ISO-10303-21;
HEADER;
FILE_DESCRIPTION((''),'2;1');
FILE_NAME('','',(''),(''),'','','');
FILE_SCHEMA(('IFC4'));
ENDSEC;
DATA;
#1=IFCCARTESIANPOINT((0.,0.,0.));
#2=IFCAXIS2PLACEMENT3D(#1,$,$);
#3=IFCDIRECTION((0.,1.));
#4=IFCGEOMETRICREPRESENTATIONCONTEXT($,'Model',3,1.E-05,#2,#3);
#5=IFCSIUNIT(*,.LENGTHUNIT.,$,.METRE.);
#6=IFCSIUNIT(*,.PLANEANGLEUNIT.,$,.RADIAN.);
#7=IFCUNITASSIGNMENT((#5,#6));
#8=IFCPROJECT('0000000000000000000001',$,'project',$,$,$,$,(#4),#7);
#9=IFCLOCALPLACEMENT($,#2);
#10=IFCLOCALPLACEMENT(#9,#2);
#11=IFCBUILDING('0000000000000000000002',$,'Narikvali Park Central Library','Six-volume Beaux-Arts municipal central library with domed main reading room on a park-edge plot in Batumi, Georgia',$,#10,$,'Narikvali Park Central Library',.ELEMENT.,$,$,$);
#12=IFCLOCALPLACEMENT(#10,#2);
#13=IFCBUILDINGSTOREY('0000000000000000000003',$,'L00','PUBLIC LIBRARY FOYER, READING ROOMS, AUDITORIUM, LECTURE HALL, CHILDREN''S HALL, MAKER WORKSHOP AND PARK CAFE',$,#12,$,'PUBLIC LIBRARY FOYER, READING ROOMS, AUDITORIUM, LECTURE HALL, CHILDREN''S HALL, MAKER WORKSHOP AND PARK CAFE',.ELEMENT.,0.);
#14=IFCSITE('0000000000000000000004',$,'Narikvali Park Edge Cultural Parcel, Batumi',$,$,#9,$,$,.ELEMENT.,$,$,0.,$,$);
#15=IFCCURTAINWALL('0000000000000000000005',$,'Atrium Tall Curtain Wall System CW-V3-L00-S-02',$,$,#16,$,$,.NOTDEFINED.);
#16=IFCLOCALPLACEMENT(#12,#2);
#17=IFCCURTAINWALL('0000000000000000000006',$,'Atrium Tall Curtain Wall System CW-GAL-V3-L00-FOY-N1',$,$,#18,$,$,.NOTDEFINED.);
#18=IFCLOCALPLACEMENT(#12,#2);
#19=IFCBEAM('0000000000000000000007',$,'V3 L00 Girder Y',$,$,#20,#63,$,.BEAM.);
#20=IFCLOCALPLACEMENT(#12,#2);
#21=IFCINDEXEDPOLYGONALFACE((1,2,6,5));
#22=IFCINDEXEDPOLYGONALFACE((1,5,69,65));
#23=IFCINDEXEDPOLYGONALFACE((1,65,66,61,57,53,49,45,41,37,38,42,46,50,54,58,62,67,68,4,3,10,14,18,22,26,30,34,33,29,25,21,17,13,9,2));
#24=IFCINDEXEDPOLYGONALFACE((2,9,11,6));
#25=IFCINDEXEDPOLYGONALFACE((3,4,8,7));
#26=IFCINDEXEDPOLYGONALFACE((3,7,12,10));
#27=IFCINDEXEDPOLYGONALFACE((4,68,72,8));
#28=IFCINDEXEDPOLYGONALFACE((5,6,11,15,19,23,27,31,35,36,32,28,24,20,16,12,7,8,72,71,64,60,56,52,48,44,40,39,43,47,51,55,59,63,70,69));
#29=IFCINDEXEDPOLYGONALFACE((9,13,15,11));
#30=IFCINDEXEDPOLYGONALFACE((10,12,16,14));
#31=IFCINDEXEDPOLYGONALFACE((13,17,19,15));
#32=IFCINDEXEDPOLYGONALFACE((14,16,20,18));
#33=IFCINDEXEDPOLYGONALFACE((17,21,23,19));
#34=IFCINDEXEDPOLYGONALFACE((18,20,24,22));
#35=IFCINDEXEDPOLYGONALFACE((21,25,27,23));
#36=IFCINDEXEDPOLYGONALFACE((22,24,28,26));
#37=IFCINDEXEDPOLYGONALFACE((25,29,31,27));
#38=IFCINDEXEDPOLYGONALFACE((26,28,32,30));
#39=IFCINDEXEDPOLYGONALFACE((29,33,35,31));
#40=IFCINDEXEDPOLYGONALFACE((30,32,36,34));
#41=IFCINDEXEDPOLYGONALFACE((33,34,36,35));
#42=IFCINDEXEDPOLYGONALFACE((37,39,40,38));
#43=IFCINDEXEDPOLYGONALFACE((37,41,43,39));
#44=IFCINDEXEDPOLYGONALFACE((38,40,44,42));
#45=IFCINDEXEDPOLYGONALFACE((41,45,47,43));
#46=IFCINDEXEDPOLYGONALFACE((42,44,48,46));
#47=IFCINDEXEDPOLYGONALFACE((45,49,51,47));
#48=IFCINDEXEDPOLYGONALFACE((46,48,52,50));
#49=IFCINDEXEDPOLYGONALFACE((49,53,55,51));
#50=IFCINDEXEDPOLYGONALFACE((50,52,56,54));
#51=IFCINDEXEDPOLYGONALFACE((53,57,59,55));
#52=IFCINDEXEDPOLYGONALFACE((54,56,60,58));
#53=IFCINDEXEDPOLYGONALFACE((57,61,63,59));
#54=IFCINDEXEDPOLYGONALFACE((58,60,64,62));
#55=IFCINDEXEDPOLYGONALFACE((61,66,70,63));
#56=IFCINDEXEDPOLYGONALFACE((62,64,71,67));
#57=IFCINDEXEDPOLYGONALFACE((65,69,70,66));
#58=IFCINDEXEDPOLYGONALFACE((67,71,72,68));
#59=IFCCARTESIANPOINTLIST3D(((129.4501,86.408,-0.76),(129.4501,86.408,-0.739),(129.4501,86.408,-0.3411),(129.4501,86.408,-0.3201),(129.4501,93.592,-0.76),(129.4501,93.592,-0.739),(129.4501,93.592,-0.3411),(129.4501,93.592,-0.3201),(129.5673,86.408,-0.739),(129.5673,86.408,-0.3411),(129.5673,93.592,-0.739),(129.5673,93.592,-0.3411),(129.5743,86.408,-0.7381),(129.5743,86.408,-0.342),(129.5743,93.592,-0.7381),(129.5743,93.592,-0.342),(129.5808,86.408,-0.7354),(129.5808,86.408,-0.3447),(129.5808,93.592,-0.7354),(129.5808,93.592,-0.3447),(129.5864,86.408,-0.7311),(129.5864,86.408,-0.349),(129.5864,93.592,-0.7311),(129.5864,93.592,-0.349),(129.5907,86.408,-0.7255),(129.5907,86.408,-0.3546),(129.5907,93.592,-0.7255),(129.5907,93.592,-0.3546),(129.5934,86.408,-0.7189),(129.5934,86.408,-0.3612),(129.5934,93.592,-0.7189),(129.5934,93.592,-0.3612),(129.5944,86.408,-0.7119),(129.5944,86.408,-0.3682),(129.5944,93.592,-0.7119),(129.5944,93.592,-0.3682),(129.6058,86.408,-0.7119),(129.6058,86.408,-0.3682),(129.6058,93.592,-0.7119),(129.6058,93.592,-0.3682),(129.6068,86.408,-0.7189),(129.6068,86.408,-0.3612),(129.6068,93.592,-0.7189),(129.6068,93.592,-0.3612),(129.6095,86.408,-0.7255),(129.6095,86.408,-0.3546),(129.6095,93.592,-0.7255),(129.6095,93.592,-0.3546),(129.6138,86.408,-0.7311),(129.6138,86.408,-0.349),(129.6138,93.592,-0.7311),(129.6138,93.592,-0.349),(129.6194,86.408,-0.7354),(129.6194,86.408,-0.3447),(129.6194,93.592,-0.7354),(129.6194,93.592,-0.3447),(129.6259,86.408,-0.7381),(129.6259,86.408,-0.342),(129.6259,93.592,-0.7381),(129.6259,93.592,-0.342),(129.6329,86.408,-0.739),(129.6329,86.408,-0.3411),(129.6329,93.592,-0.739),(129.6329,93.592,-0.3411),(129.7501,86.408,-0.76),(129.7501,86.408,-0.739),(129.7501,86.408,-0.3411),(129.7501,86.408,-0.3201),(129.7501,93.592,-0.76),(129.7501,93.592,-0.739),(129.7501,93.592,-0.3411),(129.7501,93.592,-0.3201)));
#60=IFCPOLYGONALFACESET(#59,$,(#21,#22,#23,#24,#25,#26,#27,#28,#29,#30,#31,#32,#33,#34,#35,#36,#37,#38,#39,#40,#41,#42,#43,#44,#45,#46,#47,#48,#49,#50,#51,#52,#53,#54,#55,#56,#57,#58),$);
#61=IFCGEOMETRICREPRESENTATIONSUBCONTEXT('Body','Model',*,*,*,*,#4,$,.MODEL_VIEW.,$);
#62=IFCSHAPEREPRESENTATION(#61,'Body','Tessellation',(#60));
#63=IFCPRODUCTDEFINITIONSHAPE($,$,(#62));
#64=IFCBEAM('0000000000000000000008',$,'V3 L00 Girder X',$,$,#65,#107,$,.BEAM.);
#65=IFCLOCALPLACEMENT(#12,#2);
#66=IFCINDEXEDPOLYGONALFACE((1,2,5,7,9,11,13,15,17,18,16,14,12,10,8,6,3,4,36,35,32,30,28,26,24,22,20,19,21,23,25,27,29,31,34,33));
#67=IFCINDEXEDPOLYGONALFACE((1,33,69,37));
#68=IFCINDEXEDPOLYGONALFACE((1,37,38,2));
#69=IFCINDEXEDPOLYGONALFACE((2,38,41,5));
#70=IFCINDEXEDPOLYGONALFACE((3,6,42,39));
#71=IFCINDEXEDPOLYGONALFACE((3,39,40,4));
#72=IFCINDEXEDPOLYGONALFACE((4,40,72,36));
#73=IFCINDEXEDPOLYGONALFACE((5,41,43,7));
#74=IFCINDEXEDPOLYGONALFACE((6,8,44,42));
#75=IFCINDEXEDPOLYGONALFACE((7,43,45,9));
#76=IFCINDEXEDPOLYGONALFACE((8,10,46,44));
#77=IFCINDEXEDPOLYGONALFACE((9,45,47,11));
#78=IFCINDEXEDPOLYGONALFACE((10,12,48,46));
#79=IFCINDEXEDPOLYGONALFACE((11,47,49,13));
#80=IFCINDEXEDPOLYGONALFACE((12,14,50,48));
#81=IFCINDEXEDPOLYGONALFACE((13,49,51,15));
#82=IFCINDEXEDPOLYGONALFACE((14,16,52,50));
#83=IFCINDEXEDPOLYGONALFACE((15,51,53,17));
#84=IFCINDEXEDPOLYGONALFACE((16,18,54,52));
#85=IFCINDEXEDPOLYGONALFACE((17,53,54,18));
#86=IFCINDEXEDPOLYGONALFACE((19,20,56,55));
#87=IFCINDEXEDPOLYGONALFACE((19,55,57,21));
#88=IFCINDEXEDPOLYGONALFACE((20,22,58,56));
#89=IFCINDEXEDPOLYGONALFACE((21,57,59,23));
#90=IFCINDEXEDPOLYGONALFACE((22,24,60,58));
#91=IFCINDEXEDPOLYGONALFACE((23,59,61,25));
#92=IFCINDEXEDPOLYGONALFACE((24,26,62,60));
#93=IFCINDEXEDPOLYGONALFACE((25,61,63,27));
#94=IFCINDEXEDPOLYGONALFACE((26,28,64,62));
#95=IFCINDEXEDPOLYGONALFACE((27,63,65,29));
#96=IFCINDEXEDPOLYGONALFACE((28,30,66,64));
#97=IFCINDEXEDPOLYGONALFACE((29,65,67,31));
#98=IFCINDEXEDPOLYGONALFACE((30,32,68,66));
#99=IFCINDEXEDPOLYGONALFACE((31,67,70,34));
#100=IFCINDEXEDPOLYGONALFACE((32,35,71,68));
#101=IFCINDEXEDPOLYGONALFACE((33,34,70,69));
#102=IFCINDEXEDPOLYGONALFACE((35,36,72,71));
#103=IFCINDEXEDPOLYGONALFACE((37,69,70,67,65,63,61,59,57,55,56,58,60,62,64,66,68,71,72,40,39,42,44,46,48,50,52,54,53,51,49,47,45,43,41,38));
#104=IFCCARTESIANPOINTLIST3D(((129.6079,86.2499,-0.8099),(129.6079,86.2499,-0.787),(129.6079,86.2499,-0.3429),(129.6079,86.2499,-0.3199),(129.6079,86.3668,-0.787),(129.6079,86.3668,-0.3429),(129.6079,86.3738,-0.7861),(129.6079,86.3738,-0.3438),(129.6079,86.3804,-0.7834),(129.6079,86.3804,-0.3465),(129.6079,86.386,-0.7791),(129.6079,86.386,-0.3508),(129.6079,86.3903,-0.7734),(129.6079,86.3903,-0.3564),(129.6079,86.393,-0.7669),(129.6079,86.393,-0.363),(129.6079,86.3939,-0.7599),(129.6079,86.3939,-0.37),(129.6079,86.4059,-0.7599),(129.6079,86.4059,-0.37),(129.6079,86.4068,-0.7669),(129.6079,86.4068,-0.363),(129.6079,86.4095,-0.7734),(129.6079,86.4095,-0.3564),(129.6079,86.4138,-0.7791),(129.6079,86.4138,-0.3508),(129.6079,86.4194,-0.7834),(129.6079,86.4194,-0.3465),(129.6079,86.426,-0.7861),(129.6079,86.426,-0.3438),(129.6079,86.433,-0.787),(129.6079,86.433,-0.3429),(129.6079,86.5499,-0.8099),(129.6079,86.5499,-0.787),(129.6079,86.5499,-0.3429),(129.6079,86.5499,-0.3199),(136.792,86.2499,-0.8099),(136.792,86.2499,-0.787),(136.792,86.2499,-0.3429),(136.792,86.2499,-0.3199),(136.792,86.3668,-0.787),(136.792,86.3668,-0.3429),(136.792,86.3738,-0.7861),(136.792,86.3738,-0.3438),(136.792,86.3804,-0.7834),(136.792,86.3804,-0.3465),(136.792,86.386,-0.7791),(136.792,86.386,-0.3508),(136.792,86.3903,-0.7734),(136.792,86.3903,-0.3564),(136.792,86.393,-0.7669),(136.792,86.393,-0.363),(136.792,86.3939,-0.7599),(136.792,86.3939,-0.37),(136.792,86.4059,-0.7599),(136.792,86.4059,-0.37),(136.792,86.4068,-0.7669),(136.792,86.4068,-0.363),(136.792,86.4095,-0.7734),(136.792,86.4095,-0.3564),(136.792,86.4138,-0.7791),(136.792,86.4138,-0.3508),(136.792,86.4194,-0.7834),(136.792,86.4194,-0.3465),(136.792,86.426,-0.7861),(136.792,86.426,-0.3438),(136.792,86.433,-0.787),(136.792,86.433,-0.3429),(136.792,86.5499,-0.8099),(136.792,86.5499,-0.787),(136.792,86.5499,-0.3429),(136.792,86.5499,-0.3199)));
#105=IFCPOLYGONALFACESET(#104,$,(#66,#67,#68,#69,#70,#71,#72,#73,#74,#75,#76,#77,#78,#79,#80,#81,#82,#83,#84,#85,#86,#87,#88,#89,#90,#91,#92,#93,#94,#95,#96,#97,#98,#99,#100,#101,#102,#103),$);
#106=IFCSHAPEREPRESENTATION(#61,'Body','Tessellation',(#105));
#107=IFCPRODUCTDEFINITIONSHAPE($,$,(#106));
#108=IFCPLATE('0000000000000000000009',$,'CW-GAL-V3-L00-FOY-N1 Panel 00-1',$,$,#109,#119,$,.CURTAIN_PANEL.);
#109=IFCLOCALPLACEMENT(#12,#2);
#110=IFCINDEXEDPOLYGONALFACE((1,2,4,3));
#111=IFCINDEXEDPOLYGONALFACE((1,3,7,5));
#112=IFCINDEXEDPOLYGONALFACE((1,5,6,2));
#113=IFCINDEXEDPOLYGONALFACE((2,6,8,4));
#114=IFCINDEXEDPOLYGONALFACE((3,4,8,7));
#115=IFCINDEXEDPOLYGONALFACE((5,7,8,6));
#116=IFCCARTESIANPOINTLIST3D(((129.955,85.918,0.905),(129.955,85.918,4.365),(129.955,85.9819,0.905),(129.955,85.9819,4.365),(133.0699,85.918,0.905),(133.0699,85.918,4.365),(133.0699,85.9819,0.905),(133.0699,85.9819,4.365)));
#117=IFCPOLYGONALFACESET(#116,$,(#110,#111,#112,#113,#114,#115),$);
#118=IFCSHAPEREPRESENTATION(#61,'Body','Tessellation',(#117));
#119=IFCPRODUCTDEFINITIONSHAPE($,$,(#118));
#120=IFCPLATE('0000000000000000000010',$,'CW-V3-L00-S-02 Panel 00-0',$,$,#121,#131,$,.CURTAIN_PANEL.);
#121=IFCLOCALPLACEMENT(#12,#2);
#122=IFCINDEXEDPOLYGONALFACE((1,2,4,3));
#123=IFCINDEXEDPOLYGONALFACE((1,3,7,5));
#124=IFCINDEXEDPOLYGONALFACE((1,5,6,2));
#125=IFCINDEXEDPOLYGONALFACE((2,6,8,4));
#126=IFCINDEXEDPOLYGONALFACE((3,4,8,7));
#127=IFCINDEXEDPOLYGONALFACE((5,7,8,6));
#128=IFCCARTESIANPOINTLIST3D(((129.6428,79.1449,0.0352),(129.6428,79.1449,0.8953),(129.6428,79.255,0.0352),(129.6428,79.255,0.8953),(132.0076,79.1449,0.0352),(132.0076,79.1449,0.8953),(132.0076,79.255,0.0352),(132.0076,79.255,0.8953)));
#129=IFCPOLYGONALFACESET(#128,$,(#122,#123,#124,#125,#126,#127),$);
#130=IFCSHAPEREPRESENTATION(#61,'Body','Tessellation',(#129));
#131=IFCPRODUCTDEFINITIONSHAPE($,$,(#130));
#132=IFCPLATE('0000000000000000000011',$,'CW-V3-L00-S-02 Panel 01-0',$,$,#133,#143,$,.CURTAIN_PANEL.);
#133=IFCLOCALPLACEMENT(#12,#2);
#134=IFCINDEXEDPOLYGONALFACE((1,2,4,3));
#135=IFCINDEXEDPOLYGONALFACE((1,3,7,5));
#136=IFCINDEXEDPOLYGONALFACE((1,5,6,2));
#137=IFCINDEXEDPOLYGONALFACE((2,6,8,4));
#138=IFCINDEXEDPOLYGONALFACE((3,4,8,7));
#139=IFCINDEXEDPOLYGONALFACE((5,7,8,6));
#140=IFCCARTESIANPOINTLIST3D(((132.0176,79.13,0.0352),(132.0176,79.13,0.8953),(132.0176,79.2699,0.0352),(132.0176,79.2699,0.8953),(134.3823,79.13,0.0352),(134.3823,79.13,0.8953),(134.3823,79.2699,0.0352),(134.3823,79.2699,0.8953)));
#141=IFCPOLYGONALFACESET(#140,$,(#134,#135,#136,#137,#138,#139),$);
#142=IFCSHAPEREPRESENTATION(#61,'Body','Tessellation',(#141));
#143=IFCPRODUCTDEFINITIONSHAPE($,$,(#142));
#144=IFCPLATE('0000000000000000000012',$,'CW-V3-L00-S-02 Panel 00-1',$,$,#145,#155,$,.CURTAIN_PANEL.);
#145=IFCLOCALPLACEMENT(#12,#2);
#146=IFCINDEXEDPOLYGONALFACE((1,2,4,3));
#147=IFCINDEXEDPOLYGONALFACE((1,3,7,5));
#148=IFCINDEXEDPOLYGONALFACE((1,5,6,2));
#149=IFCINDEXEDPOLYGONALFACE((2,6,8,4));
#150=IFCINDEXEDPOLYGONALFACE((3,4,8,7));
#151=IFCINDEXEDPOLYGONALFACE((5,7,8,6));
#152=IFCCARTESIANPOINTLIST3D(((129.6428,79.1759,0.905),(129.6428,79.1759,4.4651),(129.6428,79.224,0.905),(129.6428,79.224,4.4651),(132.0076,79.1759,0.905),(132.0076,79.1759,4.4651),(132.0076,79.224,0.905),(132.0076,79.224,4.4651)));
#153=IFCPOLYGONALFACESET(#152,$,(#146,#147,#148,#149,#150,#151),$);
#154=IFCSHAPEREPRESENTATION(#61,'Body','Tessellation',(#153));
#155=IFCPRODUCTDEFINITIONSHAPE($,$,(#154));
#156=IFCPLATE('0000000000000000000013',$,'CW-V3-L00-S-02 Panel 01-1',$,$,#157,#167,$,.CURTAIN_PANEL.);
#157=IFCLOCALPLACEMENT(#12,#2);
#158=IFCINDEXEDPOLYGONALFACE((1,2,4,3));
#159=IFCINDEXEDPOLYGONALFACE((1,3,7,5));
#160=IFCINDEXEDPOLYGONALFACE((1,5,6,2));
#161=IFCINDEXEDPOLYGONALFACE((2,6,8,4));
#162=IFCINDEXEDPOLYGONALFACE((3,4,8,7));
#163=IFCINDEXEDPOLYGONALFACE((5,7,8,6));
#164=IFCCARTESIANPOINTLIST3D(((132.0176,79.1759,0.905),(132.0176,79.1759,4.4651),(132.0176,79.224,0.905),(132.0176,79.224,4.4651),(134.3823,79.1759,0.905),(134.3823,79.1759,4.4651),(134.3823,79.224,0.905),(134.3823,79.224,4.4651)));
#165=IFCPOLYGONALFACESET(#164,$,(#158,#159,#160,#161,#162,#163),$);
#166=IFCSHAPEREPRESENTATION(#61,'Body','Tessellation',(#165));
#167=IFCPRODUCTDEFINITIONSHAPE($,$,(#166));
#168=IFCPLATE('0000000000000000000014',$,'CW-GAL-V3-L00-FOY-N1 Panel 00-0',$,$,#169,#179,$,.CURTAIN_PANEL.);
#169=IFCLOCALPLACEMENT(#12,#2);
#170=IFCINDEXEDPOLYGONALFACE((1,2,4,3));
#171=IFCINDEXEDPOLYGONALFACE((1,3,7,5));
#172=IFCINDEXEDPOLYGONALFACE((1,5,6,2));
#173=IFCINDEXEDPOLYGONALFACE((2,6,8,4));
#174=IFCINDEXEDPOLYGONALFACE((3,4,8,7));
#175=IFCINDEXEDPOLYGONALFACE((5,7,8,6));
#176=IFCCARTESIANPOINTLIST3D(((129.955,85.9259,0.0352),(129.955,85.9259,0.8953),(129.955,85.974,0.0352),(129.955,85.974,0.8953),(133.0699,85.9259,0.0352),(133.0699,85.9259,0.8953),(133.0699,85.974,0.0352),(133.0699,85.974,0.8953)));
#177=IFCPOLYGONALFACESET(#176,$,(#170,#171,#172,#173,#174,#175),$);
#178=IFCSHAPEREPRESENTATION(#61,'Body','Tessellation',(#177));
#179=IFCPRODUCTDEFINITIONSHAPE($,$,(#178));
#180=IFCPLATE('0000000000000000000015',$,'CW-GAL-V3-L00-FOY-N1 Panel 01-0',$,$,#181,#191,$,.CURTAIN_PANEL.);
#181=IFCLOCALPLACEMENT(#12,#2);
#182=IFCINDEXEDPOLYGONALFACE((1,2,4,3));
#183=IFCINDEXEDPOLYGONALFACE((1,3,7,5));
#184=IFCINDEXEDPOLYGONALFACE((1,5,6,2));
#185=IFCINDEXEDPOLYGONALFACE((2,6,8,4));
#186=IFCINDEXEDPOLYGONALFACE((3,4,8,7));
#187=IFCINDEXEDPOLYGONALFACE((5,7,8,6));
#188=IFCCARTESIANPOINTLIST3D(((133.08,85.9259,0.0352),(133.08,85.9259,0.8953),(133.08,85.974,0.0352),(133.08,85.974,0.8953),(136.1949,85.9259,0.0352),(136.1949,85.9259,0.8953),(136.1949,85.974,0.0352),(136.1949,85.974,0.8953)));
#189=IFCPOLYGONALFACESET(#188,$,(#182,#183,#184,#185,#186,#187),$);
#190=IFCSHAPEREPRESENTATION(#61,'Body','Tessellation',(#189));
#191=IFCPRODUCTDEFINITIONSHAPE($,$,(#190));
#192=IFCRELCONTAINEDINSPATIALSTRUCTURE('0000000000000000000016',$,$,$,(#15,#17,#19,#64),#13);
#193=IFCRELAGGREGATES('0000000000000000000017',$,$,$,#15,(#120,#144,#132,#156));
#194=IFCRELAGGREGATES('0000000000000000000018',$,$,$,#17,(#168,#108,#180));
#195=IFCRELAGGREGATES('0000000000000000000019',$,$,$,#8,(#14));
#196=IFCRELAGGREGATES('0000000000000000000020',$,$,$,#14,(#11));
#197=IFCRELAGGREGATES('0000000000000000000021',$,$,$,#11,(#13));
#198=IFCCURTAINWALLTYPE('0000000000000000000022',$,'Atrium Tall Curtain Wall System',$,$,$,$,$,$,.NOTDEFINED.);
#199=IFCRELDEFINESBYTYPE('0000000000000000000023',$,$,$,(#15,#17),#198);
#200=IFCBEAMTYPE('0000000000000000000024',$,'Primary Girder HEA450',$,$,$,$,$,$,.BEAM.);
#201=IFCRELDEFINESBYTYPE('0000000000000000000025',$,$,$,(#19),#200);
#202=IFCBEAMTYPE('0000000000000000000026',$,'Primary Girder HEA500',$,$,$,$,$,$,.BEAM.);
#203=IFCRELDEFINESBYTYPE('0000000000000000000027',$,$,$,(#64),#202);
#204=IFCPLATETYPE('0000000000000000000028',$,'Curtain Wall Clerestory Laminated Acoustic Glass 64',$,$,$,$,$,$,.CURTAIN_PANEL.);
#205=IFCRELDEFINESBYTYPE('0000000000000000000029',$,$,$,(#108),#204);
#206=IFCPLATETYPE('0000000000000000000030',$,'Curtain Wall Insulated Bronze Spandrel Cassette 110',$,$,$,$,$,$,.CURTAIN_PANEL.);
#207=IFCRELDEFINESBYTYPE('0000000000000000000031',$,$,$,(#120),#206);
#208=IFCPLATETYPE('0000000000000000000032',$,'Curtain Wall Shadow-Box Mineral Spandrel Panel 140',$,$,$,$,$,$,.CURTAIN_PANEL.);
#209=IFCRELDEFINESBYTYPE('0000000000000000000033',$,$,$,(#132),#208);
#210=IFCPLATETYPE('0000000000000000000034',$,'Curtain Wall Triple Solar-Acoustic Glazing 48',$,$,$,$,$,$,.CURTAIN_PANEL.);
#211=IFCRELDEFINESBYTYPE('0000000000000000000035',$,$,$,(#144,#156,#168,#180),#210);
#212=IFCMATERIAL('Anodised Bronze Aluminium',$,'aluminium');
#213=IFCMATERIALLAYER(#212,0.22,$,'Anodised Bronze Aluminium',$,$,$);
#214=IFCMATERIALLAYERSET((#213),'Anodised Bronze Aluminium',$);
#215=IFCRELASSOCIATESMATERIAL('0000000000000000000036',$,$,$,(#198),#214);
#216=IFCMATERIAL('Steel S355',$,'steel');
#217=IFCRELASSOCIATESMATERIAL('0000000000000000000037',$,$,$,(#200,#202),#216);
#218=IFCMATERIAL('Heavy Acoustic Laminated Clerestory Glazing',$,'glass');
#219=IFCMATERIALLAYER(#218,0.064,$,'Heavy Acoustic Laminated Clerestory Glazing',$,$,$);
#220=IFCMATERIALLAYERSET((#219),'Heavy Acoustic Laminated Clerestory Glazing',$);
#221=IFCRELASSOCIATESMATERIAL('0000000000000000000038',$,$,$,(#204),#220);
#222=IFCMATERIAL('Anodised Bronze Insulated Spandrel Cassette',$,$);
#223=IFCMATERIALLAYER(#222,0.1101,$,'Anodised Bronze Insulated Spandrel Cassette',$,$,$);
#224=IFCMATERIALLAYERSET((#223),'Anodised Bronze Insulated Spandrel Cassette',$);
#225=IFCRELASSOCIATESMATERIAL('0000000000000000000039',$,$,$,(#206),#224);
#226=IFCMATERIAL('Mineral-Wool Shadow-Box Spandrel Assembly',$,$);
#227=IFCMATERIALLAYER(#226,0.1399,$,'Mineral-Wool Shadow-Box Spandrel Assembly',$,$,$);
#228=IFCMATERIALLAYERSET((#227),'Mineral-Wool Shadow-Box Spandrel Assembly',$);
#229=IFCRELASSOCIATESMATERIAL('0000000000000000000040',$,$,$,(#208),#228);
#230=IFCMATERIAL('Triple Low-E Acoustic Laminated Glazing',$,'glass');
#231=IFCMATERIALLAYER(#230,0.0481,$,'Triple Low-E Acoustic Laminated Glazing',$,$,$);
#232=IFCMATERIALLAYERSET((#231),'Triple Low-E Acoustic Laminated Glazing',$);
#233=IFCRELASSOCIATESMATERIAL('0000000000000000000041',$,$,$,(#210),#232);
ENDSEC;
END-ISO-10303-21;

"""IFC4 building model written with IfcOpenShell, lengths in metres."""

from ifc_helpers import new_model, si_unit, direction, frame, origin, origin_2d, place, context, subcontext, project, spatial, rectangle, i_section, extrude, material, layer, layer_set, material_profile, profile_set, type_object, element, aggregate, save


model = new_model("IFC4")

# Units and contexts
model_context = context("Model", 3, precision=1e-05, world=origin(), true_north=direction((0.0, 1.0)))
body_context = subcontext(model_context, "Body", "Model", "MODEL_VIEW")
ifc_project = project(units=[si_unit("LENGTHUNIT", "METRE"), si_unit("PLANEANGLEUNIT", "RADIAN")], contexts=[model_context])

# Site, building, storey
site_placement = place(None, origin())
site = spatial("IfcSite", under=ifc_project, at=site_placement, Name="Narikvali Park Edge Cultural Parcel, Batumi", CompositionType="ELEMENT", RefElevation=0.0)
building_placement = place(site_placement, origin())
building = spatial("IfcBuilding", under=site, at=building_placement, Name="Narikvali Park Central Library", Description="Six-volume Beaux-Arts municipal central library with domed main reading room on a park-edge plot in Batumi, Georgia", LongName="Narikvali Park Central Library", CompositionType="ELEMENT")
storey_placement = place(building_placement, origin())
storey = spatial("IfcBuildingStorey", under=building, at=storey_placement, Name="L00", Description="PUBLIC LIBRARY FOYER, READING ROOMS, AUDITORIUM, LECTURE HALL, CHILDREN'S HALL, MAKER WORKSHOP AND PARK CAFE", LongName="PUBLIC LIBRARY FOYER, READING ROOMS, AUDITORIUM, LECTURE HALL, CHILDREN'S HALL, MAKER WORKSHOP AND PARK CAFE", CompositionType="ELEMENT", Elevation=0.0)

# Shared definitions
ifc_material_1 = material(Name="Steel S355", Category="steel")

# Curtain walls
ifc_material_2 = material(Name="Anodised Bronze Aluminium", Category="aluminium")
ifc_layer_1 = layer(ifc_material_2, 0.22, Name="Anodised Bronze Aluminium")
ifc_layer_set_1 = layer_set([ifc_layer_1], Name="Anodised Bronze Aluminium")
curtain_wall_type = type_object("IfcCurtainWallType", Name="Atrium Tall Curtain Wall System", PredefinedType="NOTDEFINED", material=ifc_layer_set_1)
curtain_wall_1_placement = place(storey_placement, origin())
curtain_wall_1 = element("IfcCurtainWall", 1, at=curtain_wall_1_placement, inside=storey, type_object=curtain_wall_type, Name="Atrium Tall Curtain Wall System CW-V3-L00-S-02", PredefinedType="NOTDEFINED")
curtain_wall_2_placement = place(storey_placement, origin())
curtain_wall_2 = element("IfcCurtainWall", 2, at=curtain_wall_2_placement, inside=storey, type_object=curtain_wall_type, Name="Atrium Tall Curtain Wall System CW-GAL-V3-L00-FOY-N1", PredefinedType="NOTDEFINED")

# Beams
ifc_material_profile_1 = material_profile(ifc_material_1, i_section(OverallWidth=0.3, OverallDepth=0.4399, WebThickness=0.0115, FlangeThickness=0.021, FilletRadius=0.0271, at=origin_2d()), Name="HEA 450")
ifc_profile_set_1 = profile_set([ifc_material_profile_1], Name="Steel S355")
beam_type_1 = type_object("IfcBeamType", Name="Primary Girder HEA450", PredefinedType="BEAM", material=ifc_profile_set_1)
beam_1_placement = place(storey_placement, frame((129.6001, 86.408, -0.54), z_axis=(0.0, 1.0, 0.0), x_axis=(-1.0, 0.0, 0.0)))
element("IfcBeam", 3, at=beam_1_placement, inside=storey, type_object=beam_type_1, Name="V3 L00 Girder Y", PredefinedType="BEAM", context=body_context, shape_type="SweptSolid", body=[
    extrude(i_section(OverallWidth=0.3, OverallDepth=0.4399, WebThickness=0.0115, FlangeThickness=0.021, FilletRadius=0.0271, at=origin_2d()), origin(), (0.0, 0.0, 1.0), 7.1841),
])
ifc_material_profile_2 = material_profile(ifc_material_1, i_section(OverallWidth=0.3, OverallDepth=0.49, WebThickness=0.012, FlangeThickness=0.0229, FilletRadius=0.0271, at=origin_2d()), Name="HEA 500")
ifc_profile_set_2 = profile_set([ifc_material_profile_2], Name="Steel S355")
beam_type_2 = type_object("IfcBeamType", Name="Primary Girder HEA500", PredefinedType="BEAM", material=ifc_profile_set_2)
beam_2_placement = place(storey_placement, frame((129.6079, 86.3999, -0.5649), z_axis=(1.0, 0.0, 0.0), x_axis=(0.0, 1.0, 0.0)))
element("IfcBeam", 4, at=beam_2_placement, inside=storey, type_object=beam_type_2, Name="V3 L00 Girder X", PredefinedType="BEAM", context=body_context, shape_type="SweptSolid", body=[
    extrude(i_section(OverallWidth=0.3, OverallDepth=0.49, WebThickness=0.012, FlangeThickness=0.0229, FilletRadius=0.0271, at=origin_2d()), origin(), (0.0, 0.0, 1.0), 7.1841),
])

# Plates
ifc_material_3 = material(Name="Heavy Acoustic Laminated Clerestory Glazing", Category="glass")
ifc_layer_2 = layer(ifc_material_3, 0.064, Name="Heavy Acoustic Laminated Clerestory Glazing")
ifc_layer_set_2 = layer_set([ifc_layer_2], Name="Heavy Acoustic Laminated Clerestory Glazing")
plate_type_1 = type_object("IfcPlateType", Name="Curtain Wall Clerestory Laminated Acoustic Glass 64", PredefinedType="CURTAIN_PANEL", material=ifc_layer_set_2)
plate_1_placement = place(storey_placement, frame((131.5125, 85.95, 0.905), z_axis=(0.0, 0.0, 1.0), x_axis=(1.0, 0.0, 0.0)))
plate_1 = element("IfcPlate", 5, at=plate_1_placement, type_object=plate_type_1, Name="CW-GAL-V3-L00-FOY-N1 Panel 00-1", PredefinedType="CURTAIN_PANEL", context=body_context, shape_type="SweptSolid", body=[
    extrude(rectangle(XDim=3.115, YDim=0.064, at=origin_2d()), origin(), (0.0, 0.0, 1.0), 3.46),
])
ifc_material_4 = material(Name="Anodised Bronze Insulated Spandrel Cassette")
ifc_layer_3 = layer(ifc_material_4, 0.1101, Name="Anodised Bronze Insulated Spandrel Cassette")
ifc_layer_set_3 = layer_set([ifc_layer_3], Name="Anodised Bronze Insulated Spandrel Cassette")
plate_type_2 = type_object("IfcPlateType", Name="Curtain Wall Insulated Bronze Spandrel Cassette 110", PredefinedType="CURTAIN_PANEL", material=ifc_layer_set_3)
plate_2_placement = place(storey_placement, frame((130.8252, 79.2, 0.0352), z_axis=(0.0, 0.0, 1.0), x_axis=(1.0, 0.0, 0.0)))
plate_2 = element("IfcPlate", 6, at=plate_2_placement, type_object=plate_type_2, Name="CW-V3-L00-S-02 Panel 00-0", PredefinedType="CURTAIN_PANEL", context=body_context, shape_type="SweptSolid", body=[
    extrude(rectangle(XDim=2.3647, YDim=0.1101, at=origin_2d()), origin(), (0.0, 0.0, 1.0), 0.8601),
])
ifc_material_5 = material(Name="Mineral-Wool Shadow-Box Spandrel Assembly")
ifc_layer_4 = layer(ifc_material_5, 0.1399, Name="Mineral-Wool Shadow-Box Spandrel Assembly")
ifc_layer_set_4 = layer_set([ifc_layer_4], Name="Mineral-Wool Shadow-Box Spandrel Assembly")
plate_type_3 = type_object("IfcPlateType", Name="Curtain Wall Shadow-Box Mineral Spandrel Panel 140", PredefinedType="CURTAIN_PANEL", material=ifc_layer_set_4)
plate_3_placement = place(storey_placement, frame((133.2, 79.2, 0.0352), z_axis=(0.0, 0.0, 1.0), x_axis=(1.0, 0.0, 0.0)))
plate_3 = element("IfcPlate", 7, at=plate_3_placement, type_object=plate_type_3, Name="CW-V3-L00-S-02 Panel 01-0", PredefinedType="CURTAIN_PANEL", context=body_context, shape_type="SweptSolid", body=[
    extrude(rectangle(XDim=2.3647, YDim=0.1399, at=origin_2d()), origin(), (0.0, 0.0, 1.0), 0.8601),
])
ifc_material_6 = material(Name="Triple Low-E Acoustic Laminated Glazing", Category="glass")
ifc_layer_5 = layer(ifc_material_6, 0.0481, Name="Triple Low-E Acoustic Laminated Glazing")
ifc_layer_set_5 = layer_set([ifc_layer_5], Name="Triple Low-E Acoustic Laminated Glazing")
plate_type_4 = type_object("IfcPlateType", Name="Curtain Wall Triple Solar-Acoustic Glazing 48", PredefinedType="CURTAIN_PANEL", material=ifc_layer_set_5)
plate_4_placement = place(storey_placement, frame((130.8252, 79.2, 0.905), z_axis=(0.0, 0.0, 1.0), x_axis=(1.0, 0.0, 0.0)))
plate_4 = element("IfcPlate", 8, at=plate_4_placement, type_object=plate_type_4, Name="CW-V3-L00-S-02 Panel 00-1", PredefinedType="CURTAIN_PANEL", context=body_context, shape_type="SweptSolid", body=[
    extrude(rectangle(XDim=2.3647, YDim=0.0481, at=origin_2d()), origin(), (0.0, 0.0, 1.0), 3.5601),
])
plate_5_placement = place(storey_placement, frame((133.2, 79.2, 0.905), z_axis=(0.0, 0.0, 1.0), x_axis=(1.0, 0.0, 0.0)))
plate_5 = element("IfcPlate", 9, at=plate_5_placement, type_object=plate_type_4, Name="CW-V3-L00-S-02 Panel 01-1", PredefinedType="CURTAIN_PANEL", context=body_context, shape_type="SweptSolid", body=[
    extrude(rectangle(XDim=2.3647, YDim=0.0481, at=origin_2d()), origin(), (0.0, 0.0, 1.0), 3.5601),
])
aggregate(curtain_wall_1, [plate_2, plate_4, plate_3, plate_5])
plate_6_placement = place(storey_placement, frame((131.5125, 85.95, 0.0352), z_axis=(0.0, 0.0, 1.0), x_axis=(1.0, 0.0, 0.0)))
plate_6 = element("IfcPlate", 10, at=plate_6_placement, type_object=plate_type_4, Name="CW-GAL-V3-L00-FOY-N1 Panel 00-0", PredefinedType="CURTAIN_PANEL", context=body_context, shape_type="SweptSolid", body=[
    extrude(rectangle(XDim=3.115, YDim=0.0481, at=origin_2d()), origin(), (0.0, 0.0, 1.0), 0.8601),
])
plate_7_placement = place(storey_placement, frame((134.6375, 85.95, 0.0352), z_axis=(0.0, 0.0, 1.0), x_axis=(1.0, 0.0, 0.0)))
plate_7 = element("IfcPlate", 11, at=plate_7_placement, type_object=plate_type_4, Name="CW-GAL-V3-L00-FOY-N1 Panel 01-0", PredefinedType="CURTAIN_PANEL", context=body_context, shape_type="SweptSolid", body=[
    extrude(rectangle(XDim=3.115, YDim=0.0481, at=origin_2d()), origin(), (0.0, 0.0, 1.0), 0.8601),
])
aggregate(curtain_wall_2, [plate_6, plate_1, plate_7])

save(model, "model.ifc")
